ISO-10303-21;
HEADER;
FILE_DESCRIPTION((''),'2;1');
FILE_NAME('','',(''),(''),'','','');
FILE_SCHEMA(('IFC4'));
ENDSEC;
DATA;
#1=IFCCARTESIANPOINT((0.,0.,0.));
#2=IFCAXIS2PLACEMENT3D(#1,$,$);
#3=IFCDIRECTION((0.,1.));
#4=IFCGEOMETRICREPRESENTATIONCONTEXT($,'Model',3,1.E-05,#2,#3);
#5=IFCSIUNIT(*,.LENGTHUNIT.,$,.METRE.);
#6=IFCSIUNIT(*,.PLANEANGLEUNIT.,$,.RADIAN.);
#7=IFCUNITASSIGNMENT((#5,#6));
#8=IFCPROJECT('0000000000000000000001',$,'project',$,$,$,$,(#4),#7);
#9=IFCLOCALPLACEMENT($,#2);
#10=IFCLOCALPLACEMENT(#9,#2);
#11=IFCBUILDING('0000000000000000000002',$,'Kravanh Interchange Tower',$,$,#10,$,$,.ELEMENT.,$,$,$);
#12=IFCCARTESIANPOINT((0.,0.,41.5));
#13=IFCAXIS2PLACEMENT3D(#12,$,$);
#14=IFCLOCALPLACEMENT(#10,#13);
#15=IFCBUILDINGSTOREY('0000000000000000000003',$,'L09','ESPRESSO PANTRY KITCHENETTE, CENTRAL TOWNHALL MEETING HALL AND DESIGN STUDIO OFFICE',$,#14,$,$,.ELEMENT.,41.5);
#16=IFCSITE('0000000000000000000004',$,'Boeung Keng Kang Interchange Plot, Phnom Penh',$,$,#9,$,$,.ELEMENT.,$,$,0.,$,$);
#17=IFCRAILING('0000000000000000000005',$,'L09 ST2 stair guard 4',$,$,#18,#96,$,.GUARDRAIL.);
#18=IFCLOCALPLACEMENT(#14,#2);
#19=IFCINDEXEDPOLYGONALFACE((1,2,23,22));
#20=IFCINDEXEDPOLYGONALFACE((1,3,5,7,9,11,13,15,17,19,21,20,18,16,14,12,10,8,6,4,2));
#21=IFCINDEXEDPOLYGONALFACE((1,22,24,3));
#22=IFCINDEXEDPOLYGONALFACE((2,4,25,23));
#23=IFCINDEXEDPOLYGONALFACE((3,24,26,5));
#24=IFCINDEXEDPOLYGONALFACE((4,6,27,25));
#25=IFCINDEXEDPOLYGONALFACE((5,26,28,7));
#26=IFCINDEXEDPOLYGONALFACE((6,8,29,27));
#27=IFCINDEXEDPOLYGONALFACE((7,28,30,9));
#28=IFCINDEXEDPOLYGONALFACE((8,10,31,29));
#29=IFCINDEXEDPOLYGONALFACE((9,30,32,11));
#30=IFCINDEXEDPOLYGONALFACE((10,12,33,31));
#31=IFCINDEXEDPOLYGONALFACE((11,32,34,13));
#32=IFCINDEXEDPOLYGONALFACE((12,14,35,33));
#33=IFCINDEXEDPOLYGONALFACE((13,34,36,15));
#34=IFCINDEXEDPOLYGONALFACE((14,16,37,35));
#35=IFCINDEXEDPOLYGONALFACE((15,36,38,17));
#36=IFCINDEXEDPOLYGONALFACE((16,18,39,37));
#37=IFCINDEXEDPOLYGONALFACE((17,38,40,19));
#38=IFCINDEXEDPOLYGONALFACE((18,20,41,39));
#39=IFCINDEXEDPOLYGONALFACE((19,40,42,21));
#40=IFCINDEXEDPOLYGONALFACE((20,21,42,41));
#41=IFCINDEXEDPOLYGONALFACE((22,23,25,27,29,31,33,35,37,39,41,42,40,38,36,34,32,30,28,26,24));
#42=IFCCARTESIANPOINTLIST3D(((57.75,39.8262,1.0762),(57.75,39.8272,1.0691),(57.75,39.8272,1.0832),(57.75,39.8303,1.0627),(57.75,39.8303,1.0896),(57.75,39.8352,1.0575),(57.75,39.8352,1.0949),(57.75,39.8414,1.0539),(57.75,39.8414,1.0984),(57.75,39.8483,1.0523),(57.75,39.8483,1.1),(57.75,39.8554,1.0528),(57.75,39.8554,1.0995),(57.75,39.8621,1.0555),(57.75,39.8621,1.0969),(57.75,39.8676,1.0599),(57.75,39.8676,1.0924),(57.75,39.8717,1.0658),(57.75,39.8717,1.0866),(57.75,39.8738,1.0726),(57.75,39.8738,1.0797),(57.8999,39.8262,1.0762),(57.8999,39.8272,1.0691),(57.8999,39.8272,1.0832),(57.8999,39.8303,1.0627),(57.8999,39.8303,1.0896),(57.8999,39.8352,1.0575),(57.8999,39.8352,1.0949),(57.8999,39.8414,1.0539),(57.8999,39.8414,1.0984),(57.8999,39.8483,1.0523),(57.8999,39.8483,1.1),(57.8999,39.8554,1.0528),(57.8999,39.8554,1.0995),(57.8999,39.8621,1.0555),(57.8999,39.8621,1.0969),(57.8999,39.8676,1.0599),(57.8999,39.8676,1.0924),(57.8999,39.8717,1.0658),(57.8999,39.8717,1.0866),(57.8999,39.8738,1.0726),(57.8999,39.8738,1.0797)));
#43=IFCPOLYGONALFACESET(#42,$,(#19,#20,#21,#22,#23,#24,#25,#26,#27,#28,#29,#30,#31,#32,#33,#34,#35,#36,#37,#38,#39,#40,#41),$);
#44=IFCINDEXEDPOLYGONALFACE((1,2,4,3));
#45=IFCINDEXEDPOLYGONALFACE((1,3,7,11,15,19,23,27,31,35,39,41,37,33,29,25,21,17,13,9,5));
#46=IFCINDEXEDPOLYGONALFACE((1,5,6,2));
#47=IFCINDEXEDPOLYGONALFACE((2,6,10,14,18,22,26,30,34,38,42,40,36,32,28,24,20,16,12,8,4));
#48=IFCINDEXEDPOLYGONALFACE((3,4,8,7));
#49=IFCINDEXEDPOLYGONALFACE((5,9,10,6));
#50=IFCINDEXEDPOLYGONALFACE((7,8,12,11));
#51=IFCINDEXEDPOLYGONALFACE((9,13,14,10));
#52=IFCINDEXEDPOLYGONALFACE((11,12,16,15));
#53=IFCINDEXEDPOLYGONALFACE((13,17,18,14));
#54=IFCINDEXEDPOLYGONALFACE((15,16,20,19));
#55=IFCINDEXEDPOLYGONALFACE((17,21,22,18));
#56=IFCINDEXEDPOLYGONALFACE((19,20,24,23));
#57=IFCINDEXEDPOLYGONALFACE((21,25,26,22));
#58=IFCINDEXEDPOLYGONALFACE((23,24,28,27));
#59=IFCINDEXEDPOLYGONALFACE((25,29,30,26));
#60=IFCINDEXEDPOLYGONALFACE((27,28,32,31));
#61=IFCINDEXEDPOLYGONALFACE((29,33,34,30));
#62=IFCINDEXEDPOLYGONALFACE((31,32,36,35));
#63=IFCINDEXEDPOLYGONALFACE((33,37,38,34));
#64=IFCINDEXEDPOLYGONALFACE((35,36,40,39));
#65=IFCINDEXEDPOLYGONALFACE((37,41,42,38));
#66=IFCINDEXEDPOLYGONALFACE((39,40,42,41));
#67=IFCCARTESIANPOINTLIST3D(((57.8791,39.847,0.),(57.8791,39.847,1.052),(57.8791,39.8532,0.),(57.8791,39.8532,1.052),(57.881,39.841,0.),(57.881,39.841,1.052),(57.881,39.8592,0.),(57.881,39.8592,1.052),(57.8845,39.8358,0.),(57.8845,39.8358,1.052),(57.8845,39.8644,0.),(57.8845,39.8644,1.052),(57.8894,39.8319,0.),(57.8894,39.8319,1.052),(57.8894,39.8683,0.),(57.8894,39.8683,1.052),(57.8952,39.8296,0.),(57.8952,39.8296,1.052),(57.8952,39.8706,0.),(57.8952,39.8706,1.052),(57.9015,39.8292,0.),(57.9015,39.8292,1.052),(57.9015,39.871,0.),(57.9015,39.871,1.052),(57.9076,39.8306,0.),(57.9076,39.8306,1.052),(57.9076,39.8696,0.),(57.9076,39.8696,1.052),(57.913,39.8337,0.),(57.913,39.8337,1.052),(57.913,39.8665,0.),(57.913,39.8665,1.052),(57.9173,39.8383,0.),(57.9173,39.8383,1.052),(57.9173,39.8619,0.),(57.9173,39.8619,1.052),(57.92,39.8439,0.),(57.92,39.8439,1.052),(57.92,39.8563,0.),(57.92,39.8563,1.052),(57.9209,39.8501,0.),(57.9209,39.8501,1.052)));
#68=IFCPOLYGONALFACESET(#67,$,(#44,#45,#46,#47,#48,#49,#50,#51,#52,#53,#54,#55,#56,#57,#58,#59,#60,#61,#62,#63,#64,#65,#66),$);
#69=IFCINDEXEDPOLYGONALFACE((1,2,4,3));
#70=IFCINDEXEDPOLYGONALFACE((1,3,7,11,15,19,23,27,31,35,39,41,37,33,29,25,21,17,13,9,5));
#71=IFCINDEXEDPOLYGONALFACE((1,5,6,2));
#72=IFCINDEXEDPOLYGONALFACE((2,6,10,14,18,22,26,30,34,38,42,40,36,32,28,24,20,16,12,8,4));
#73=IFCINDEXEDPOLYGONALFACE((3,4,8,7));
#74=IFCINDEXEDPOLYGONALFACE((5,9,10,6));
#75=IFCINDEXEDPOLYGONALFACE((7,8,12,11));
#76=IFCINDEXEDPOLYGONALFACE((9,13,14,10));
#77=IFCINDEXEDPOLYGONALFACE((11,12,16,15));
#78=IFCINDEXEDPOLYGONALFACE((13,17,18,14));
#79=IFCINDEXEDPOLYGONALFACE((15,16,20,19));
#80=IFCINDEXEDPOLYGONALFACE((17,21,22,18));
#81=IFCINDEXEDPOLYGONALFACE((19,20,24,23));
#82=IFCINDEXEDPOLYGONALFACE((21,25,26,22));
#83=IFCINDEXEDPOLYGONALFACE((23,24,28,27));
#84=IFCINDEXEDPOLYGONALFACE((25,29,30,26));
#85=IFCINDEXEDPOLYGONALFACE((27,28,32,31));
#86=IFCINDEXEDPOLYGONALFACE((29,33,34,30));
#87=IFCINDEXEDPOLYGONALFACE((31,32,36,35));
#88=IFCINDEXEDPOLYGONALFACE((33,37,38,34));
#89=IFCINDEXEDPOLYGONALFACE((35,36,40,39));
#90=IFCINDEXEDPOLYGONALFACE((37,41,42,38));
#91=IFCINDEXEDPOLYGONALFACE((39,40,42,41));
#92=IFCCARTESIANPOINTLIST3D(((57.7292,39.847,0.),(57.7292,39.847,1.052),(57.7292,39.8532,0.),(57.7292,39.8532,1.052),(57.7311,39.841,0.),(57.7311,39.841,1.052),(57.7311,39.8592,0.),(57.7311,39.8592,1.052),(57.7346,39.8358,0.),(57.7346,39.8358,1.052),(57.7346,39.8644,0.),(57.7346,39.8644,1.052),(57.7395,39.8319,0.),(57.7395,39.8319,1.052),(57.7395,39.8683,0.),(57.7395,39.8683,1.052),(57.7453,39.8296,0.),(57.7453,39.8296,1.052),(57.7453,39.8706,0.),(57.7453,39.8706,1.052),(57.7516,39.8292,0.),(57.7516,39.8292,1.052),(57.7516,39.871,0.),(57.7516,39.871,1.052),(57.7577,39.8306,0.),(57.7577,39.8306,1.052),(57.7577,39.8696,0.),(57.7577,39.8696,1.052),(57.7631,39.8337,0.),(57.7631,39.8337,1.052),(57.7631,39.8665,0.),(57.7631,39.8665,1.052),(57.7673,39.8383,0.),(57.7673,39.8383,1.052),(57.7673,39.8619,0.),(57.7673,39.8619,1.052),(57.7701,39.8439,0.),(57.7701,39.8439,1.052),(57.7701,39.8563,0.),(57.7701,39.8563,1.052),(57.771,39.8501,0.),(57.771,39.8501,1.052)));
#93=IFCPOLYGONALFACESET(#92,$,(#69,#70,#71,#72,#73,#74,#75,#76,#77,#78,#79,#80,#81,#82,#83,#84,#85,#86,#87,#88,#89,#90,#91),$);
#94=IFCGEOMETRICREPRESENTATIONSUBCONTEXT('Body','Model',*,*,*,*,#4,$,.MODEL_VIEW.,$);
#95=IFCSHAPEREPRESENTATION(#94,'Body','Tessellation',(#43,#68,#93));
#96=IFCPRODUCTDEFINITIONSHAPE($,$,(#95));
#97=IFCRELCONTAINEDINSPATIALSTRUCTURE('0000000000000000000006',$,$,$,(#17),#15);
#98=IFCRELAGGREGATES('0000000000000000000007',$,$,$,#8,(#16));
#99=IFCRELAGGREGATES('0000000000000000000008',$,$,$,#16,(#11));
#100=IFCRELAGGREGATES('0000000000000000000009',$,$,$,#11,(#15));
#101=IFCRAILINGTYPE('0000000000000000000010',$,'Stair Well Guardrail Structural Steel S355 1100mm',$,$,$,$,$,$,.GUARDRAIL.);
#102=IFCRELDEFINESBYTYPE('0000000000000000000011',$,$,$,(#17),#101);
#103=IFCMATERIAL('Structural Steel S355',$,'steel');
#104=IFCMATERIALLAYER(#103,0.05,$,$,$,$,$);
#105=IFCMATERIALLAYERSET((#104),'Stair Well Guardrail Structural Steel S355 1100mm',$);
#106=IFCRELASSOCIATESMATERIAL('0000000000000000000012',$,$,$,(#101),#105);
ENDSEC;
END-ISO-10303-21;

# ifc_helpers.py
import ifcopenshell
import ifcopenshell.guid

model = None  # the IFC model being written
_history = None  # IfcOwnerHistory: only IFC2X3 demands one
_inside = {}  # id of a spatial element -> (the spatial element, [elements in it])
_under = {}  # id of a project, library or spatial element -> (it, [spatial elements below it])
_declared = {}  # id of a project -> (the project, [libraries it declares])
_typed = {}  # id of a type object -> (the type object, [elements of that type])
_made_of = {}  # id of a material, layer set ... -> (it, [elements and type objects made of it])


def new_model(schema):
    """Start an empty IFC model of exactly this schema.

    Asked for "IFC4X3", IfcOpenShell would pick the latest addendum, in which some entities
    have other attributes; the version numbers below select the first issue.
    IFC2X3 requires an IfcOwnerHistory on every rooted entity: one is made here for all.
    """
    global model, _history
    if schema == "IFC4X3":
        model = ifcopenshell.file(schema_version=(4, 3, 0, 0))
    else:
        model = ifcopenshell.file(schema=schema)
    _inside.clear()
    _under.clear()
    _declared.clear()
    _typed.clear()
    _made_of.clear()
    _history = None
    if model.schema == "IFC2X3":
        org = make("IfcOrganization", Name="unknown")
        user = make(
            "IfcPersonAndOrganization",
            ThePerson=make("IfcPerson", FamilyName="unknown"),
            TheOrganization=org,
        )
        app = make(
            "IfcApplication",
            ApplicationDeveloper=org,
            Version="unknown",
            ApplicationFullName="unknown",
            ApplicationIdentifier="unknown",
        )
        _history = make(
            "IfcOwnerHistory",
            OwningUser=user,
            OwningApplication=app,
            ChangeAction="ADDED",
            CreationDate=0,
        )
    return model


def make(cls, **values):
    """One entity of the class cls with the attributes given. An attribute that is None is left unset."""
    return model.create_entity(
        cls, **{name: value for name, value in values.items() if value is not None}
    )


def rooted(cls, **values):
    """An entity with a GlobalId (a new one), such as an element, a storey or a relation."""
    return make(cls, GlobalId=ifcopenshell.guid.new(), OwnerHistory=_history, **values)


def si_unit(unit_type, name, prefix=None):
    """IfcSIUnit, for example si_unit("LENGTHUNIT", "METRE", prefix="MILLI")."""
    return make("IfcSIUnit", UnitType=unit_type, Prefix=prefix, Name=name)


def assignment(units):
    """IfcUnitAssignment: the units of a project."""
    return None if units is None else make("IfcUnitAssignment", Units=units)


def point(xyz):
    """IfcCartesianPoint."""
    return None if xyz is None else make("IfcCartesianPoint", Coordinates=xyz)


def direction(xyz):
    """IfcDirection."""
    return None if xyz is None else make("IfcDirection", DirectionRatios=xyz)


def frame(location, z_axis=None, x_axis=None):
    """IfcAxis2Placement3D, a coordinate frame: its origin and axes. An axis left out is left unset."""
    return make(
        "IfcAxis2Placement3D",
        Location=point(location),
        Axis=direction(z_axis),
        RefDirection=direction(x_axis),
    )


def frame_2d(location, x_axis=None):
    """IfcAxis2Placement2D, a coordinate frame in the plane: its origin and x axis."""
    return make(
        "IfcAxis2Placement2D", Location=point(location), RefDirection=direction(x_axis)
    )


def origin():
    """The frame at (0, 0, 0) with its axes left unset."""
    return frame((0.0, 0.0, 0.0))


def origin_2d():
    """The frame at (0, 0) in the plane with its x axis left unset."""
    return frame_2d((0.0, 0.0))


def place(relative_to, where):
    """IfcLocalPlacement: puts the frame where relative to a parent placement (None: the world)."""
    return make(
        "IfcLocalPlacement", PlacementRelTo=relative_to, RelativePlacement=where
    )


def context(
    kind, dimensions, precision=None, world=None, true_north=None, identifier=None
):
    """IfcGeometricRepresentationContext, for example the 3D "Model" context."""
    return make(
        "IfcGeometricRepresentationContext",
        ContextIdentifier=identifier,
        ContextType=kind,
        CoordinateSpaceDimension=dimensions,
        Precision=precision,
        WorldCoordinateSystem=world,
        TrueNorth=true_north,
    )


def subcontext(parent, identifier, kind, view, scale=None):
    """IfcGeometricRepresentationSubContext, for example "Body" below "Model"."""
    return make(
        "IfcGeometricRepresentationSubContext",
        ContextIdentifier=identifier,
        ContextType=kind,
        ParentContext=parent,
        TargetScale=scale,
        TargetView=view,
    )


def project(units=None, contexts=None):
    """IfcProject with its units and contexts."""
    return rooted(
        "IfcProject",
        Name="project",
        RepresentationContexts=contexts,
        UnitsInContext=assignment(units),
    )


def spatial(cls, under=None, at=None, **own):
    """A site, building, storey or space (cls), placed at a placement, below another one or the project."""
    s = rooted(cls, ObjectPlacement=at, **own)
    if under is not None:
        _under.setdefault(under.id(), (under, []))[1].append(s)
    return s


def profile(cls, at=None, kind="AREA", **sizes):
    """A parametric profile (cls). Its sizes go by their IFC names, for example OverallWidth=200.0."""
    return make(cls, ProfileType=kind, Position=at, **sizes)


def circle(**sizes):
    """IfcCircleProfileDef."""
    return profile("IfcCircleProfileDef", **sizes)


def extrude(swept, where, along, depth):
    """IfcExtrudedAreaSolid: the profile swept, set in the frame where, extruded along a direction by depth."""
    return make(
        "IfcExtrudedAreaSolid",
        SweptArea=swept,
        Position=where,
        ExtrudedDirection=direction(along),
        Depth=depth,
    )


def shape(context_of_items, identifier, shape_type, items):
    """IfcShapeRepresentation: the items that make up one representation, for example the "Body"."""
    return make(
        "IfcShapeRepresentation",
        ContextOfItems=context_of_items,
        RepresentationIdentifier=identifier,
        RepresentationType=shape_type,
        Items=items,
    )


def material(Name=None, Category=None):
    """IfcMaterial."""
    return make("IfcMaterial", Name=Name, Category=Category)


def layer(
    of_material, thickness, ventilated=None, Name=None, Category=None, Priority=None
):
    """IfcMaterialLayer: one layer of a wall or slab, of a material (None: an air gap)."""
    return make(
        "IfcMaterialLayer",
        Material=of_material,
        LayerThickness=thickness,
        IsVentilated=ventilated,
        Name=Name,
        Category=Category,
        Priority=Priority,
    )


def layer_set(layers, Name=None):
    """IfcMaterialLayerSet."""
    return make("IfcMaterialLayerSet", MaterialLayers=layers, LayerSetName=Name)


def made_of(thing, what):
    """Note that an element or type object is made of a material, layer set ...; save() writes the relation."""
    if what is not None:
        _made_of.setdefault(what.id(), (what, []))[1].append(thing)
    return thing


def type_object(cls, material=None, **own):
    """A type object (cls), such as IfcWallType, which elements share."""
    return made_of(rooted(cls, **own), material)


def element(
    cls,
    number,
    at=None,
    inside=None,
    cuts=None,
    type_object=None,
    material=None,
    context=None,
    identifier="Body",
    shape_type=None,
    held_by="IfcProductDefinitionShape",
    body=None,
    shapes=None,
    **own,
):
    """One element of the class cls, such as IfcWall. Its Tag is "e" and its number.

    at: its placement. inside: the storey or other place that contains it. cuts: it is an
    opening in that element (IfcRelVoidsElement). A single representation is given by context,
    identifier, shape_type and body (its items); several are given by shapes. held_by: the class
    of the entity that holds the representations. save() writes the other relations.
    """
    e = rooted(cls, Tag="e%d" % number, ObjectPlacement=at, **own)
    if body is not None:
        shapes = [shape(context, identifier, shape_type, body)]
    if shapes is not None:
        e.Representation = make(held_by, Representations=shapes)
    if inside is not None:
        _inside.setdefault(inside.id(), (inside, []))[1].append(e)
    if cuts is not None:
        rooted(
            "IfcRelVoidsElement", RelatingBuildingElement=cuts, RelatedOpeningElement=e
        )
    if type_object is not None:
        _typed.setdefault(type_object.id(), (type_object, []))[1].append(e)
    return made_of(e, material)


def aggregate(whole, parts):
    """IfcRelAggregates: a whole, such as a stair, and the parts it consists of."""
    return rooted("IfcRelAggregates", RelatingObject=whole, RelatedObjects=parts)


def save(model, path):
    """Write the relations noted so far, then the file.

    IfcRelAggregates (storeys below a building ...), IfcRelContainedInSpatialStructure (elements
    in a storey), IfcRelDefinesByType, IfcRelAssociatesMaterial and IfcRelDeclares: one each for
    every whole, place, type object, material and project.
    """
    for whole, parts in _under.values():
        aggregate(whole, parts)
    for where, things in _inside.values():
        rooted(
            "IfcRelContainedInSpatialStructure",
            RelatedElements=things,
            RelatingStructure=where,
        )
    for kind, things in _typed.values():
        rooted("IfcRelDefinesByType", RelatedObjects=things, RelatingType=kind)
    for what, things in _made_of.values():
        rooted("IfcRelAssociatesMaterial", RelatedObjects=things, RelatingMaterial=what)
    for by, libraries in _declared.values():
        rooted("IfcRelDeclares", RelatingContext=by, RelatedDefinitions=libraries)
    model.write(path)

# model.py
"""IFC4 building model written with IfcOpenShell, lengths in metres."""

from ifc_helpers import new_model, si_unit, direction, frame, origin, origin_2d, place, context, subcontext, project, spatial, circle, extrude, material, layer, layer_set, type_object, element, save


model = new_model("IFC4")

# Units and contexts
model_context = context("Model", 3, precision=1e-05, world=origin(), true_north=direction((0.0, 1.0)))
body_context = subcontext(model_context, "Body", "Model", "MODEL_VIEW")
ifc_project = project(units=[si_unit("LENGTHUNIT", "METRE"), si_unit("PLANEANGLEUNIT", "RADIAN")], contexts=[model_context])

# Site, building, storey
site_placement = place(None, origin())
site = spatial("IfcSite", under=ifc_project, at=site_placement, Name="Boeung Keng Kang Interchange Plot, Phnom Penh", CompositionType="ELEMENT", RefElevation=0.0)
building_placement = place(site_placement, origin())
building = spatial("IfcBuilding", under=site, at=building_placement, Name="Kravanh Interchange Tower", CompositionType="ELEMENT")
storey_placement = place(building_placement, frame((0.0, 0.0, 41.5)))
storey = spatial("IfcBuildingStorey", under=building, at=storey_placement, Name="L09", Description="ESPRESSO PANTRY KITCHENETTE, CENTRAL TOWNHALL MEETING HALL AND DESIGN STUDIO OFFICE", CompositionType="ELEMENT", Elevation=41.5)

# Railing
ifc_material_1 = material(Name="Structural Steel S355", Category="steel")
ifc_layer_1 = layer(ifc_material_1, 0.05)
ifc_layer_set_1 = layer_set([ifc_layer_1], Name="Stair Well Guardrail Structural Steel S355 1100mm")
railing_type_1 = type_object("IfcRailingType", Name="Stair Well Guardrail Structural Steel S355 1100mm", PredefinedType="GUARDRAIL", material=ifc_layer_set_1)
railing_1_placement = place(storey_placement, frame((57.8999, 39.8501, 0.0)))
element("IfcRailing", 1, at=railing_1_placement, inside=storey, type_object=railing_type_1, Name="L09 ST2 stair guard 4", PredefinedType="GUARDRAIL", context=body_context, shape_type="SweptSolid", body=[
    extrude(circle(Radius=0.0239, at=origin_2d()), frame((0.0, 0.0, 1.0762), z_axis=(-1.0, 0.0, 0.0), x_axis=(0.0, -1.0, 0.0)), (0.0, 0.0, 1.0), 0.1499),
    extrude(circle(Radius=0.021, at=origin_2d()), origin(), (0.0, 0.0, 1.0), 1.052),
    extrude(circle(Radius=0.021, at=origin_2d()), frame((-0.1499, 0.0, 0.0)), (0.0, 0.0, 1.0), 1.052),
])

save(model, "model.ifc")
